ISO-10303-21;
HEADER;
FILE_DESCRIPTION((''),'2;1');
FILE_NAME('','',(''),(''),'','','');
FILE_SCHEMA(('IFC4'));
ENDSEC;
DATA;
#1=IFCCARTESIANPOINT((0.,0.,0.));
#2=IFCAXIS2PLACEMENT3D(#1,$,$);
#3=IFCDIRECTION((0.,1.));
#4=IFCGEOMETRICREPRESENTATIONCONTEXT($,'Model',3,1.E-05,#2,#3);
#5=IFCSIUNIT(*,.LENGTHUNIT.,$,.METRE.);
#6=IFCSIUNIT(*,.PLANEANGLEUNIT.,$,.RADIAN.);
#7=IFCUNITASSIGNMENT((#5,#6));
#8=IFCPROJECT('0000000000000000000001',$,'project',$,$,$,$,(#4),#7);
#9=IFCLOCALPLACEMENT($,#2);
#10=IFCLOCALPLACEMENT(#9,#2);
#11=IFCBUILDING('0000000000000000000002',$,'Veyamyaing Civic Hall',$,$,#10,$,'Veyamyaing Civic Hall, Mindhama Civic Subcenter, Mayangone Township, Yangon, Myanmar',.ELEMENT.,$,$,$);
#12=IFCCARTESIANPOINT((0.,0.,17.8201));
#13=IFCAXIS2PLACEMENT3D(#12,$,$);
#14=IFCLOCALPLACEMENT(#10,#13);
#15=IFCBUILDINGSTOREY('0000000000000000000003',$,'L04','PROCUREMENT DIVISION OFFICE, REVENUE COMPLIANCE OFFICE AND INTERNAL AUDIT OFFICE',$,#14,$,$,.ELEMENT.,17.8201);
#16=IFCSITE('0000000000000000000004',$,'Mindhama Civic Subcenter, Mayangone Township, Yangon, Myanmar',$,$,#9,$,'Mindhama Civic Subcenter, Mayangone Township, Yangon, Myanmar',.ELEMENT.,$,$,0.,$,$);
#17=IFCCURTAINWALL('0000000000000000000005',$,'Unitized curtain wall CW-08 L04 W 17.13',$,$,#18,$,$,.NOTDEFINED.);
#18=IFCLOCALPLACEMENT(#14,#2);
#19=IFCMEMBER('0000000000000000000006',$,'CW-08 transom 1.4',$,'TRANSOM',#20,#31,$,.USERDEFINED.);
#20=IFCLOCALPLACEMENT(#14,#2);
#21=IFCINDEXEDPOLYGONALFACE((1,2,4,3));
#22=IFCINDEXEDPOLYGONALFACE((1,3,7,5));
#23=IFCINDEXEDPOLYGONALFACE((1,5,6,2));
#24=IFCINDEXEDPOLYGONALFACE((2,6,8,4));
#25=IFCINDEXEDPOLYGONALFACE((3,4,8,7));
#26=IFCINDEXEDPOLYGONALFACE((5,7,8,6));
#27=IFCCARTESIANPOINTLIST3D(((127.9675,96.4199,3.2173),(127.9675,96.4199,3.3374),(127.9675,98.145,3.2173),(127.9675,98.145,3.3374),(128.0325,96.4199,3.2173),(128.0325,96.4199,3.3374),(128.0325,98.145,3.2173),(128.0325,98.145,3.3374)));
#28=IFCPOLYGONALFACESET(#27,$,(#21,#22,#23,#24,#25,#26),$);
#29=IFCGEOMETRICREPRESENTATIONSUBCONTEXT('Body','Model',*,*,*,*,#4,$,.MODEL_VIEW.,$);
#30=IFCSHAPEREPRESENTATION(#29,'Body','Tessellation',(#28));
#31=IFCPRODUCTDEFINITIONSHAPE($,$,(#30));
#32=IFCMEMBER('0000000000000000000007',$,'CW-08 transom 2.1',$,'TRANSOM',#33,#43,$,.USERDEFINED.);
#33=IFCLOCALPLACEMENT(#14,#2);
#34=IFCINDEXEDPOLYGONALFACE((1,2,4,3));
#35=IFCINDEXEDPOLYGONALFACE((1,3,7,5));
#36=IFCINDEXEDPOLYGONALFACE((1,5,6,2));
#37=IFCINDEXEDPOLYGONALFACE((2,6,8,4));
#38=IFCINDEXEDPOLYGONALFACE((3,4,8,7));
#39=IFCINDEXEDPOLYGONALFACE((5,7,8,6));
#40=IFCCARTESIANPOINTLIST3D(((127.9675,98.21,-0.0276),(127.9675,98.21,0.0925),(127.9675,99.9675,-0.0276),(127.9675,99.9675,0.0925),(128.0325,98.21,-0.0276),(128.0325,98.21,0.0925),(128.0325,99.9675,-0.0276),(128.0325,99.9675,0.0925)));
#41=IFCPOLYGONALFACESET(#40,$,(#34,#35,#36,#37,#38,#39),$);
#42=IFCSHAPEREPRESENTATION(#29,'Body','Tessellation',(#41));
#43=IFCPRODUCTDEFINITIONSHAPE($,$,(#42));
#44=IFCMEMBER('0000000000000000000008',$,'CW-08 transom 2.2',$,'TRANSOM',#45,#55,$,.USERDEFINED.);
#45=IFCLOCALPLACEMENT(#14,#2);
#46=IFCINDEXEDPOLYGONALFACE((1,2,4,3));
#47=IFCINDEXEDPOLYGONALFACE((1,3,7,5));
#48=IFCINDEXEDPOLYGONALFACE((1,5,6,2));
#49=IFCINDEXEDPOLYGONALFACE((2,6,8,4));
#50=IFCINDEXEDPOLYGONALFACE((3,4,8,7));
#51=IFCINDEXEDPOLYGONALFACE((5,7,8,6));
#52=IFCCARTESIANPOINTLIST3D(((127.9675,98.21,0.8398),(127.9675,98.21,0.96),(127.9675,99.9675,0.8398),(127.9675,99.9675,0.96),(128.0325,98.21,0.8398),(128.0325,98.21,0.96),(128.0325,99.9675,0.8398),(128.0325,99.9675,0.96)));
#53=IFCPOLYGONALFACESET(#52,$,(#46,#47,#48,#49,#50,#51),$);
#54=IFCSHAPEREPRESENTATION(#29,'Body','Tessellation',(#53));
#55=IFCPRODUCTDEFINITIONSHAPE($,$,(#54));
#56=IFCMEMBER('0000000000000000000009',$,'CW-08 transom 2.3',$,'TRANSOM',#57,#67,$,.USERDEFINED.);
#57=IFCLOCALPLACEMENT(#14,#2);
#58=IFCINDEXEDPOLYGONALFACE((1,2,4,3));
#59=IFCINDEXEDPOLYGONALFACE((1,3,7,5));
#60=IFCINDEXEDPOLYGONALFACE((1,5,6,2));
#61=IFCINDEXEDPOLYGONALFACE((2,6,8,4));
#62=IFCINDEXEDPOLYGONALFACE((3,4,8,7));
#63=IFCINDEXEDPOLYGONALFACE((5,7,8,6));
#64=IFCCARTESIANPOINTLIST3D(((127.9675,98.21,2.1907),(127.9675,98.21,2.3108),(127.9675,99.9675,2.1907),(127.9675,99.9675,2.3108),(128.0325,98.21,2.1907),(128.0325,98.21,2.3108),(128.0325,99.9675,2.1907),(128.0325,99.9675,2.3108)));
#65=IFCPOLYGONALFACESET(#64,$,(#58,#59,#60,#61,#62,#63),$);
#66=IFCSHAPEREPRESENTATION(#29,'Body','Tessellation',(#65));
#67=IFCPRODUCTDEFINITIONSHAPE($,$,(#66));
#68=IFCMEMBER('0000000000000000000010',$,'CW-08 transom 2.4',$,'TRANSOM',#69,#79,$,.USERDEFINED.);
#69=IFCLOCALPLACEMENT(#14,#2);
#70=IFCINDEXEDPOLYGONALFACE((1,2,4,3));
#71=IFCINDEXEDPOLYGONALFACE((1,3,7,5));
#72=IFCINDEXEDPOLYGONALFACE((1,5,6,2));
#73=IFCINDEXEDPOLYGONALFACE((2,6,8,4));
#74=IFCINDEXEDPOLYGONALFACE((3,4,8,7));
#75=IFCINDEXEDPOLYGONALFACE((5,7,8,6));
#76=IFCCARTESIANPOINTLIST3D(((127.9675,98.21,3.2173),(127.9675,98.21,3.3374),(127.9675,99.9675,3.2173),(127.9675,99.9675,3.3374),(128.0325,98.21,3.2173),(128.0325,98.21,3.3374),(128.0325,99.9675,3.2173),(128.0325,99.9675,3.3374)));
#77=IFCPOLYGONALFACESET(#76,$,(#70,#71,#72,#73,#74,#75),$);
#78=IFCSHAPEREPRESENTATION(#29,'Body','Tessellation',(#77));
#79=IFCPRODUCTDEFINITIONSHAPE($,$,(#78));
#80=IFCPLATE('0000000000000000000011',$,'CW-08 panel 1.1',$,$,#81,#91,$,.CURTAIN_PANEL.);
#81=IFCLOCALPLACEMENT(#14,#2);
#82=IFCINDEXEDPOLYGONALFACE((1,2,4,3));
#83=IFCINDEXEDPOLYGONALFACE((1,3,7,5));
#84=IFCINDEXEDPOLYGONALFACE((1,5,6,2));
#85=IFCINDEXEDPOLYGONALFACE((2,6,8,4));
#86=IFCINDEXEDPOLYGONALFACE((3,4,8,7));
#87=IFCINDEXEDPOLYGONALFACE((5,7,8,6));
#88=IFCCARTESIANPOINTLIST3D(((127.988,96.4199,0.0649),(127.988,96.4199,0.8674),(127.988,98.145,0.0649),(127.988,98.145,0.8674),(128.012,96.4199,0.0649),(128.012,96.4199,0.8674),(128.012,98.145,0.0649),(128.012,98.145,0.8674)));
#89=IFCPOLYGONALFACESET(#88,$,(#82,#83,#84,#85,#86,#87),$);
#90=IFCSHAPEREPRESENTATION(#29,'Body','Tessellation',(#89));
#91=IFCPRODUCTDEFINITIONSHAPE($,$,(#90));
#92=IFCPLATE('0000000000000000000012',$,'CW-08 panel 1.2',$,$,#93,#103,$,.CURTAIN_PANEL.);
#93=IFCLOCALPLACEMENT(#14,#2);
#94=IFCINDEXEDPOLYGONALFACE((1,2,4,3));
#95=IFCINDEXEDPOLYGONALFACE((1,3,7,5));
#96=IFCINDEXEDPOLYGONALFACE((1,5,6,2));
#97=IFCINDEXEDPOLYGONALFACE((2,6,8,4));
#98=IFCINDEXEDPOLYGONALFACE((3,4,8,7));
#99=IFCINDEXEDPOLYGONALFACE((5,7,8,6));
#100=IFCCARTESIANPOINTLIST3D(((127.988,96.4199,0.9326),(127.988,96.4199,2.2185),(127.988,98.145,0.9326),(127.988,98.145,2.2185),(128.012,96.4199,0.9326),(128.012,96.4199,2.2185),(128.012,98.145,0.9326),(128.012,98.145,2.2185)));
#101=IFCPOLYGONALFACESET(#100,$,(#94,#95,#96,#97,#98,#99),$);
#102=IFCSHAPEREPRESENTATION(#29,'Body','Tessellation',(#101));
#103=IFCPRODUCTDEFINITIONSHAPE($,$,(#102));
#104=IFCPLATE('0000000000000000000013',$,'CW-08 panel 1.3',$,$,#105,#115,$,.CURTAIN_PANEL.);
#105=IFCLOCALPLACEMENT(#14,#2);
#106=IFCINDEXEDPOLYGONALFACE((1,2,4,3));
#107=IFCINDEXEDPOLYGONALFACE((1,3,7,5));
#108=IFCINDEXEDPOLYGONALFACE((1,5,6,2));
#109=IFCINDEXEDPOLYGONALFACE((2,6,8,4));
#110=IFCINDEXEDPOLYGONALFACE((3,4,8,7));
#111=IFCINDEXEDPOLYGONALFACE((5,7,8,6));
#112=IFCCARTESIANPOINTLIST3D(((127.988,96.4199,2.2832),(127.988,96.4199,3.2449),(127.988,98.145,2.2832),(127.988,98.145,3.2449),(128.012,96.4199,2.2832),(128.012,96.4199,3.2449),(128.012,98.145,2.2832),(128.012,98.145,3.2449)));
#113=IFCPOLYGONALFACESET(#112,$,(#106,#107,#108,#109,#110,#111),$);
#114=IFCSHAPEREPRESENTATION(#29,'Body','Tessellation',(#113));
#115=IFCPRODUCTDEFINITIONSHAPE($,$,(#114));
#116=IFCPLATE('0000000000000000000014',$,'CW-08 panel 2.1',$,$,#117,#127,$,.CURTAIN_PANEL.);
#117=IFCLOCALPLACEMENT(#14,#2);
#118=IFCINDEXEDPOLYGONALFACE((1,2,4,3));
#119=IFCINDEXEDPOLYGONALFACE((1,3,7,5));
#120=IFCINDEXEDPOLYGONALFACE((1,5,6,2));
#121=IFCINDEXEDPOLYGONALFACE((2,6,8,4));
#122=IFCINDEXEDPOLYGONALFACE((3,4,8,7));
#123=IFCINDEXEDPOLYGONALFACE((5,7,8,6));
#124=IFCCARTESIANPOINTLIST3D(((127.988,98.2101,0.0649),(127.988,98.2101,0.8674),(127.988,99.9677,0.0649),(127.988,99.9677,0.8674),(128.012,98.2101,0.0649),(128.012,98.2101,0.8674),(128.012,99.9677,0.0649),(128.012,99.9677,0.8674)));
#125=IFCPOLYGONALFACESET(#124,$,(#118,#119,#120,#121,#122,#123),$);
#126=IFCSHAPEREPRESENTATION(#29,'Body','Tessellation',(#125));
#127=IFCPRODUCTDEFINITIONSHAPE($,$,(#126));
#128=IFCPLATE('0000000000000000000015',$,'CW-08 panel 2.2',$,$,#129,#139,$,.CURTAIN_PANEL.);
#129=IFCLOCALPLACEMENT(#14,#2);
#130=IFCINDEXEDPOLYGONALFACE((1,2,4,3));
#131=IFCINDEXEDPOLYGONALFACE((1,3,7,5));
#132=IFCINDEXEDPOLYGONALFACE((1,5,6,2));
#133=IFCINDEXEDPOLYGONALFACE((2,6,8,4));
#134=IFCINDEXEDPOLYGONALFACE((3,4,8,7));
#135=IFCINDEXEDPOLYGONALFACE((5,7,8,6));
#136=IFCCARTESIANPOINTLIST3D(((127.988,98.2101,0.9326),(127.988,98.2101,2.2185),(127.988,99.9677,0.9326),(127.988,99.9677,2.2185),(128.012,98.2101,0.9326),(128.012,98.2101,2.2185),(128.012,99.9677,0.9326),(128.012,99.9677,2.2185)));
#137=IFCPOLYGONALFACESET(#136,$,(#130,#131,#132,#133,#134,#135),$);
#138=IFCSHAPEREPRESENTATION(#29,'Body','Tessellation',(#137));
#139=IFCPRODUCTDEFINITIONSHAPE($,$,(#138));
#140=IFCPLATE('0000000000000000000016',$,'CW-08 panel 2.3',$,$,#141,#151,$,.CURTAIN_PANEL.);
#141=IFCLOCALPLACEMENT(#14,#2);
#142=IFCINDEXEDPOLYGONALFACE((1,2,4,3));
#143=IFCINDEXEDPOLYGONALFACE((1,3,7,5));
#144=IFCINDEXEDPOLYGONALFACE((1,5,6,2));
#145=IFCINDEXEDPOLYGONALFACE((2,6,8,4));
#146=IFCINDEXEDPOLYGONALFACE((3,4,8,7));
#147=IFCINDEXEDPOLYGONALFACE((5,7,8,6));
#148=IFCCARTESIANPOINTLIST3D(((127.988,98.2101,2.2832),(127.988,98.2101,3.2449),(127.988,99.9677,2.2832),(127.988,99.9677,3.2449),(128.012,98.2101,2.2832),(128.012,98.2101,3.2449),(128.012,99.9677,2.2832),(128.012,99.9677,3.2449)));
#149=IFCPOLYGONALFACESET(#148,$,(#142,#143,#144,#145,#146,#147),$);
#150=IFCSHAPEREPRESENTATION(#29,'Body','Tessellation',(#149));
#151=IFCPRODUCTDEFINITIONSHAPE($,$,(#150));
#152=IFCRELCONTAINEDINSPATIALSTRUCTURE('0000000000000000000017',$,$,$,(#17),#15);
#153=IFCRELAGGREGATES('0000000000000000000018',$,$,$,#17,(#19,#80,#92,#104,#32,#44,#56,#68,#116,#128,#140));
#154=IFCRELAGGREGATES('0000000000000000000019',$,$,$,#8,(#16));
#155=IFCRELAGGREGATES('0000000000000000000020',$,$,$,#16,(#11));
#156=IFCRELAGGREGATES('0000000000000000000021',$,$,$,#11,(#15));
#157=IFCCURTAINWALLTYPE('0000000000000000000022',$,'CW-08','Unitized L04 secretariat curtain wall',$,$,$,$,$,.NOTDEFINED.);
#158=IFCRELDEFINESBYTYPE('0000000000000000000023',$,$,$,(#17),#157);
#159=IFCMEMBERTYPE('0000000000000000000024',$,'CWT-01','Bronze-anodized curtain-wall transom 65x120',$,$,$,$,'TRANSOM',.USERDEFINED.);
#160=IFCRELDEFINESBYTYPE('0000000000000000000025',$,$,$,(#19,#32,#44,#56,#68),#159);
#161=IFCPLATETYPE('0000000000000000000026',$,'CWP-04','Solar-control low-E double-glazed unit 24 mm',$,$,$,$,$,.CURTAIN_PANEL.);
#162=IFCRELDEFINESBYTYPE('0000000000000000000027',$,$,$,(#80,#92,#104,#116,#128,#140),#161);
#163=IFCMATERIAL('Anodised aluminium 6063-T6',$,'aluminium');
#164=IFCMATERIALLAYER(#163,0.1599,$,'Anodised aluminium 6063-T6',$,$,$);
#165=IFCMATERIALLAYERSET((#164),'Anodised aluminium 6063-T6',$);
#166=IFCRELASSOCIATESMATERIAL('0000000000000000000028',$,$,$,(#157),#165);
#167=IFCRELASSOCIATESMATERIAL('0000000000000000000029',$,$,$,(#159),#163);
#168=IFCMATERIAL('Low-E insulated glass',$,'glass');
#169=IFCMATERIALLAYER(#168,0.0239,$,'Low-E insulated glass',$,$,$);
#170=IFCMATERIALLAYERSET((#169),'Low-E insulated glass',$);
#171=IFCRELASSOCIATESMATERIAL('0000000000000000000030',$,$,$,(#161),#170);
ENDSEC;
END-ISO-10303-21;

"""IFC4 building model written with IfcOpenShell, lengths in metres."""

from ifc_helpers import new_model, si_unit, direction, frame, origin, origin_2d, place, context, subcontext, project, spatial, rectangle, extrude, material, layer, layer_set, material_profile, profile_set, type_object, element, aggregate, save


model = new_model("IFC4")

# Units and contexts
model_context = context("Model", 3, precision=1e-05, world=origin(), true_north=direction((0.0, 1.0)))
body_context = subcontext(model_context, "Body", "Model", "MODEL_VIEW")
ifc_project = project(units=[si_unit("LENGTHUNIT", "METRE"), si_unit("PLANEANGLEUNIT", "RADIAN")], contexts=[model_context])

# Site, building, storey
site_placement = place(None, origin())
site = spatial("IfcSite", under=ifc_project, at=site_placement, Name="Mindhama Civic Subcenter, Mayangone Township, Yangon, Myanmar", LongName="Mindhama Civic Subcenter, Mayangone Township, Yangon, Myanmar", CompositionType="ELEMENT", RefElevation=0.0)
building_placement = place(site_placement, origin())
building = spatial("IfcBuilding", under=site, at=building_placement, Name="Veyamyaing Civic Hall", LongName="Veyamyaing Civic Hall, Mindhama Civic Subcenter, Mayangone Township, Yangon, Myanmar", CompositionType="ELEMENT")
storey_placement = place(building_placement, frame((0.0, 0.0, 17.8201)))
storey = spatial("IfcBuildingStorey", under=building, at=storey_placement, Name="L04", Description="PROCUREMENT DIVISION OFFICE, REVENUE COMPLIANCE OFFICE AND INTERNAL AUDIT OFFICE", CompositionType="ELEMENT", Elevation=17.8201)

# Curtain wall, members, plates
ifc_material_1 = material(Name="Anodised aluminium 6063-T6", Category="aluminium")
ifc_layer_1 = layer(ifc_material_1, 0.1599, Name="Anodised aluminium 6063-T6")
ifc_layer_set_1 = layer_set([ifc_layer_1], Name="Anodised aluminium 6063-T6")
curtain_wall_type = type_object("IfcCurtainWallType", Name="CW-08", Description="Unitized L04 secretariat curtain wall", PredefinedType="NOTDEFINED", material=ifc_layer_set_1)
curtain_wall_placement = place(storey_placement, origin())
curtain_wall = element("IfcCurtainWall", 1, at=curtain_wall_placement, inside=storey, type_object=curtain_wall_type, Name="Unitized curtain wall CW-08 L04 W 17.13", PredefinedType="NOTDEFINED")
ifc_material_profile_1 = material_profile(ifc_material_1, rectangle(XDim=0.0649, YDim=0.1201, at=origin_2d()), Name="ALU-TRN-65X120")
ifc_profile_set_1 = profile_set([ifc_material_profile_1], Name="Anodised aluminium 6063-T6")
member_type_1 = type_object("IfcMemberType", Name="CWT-01", Description="Bronze-anodized curtain-wall transom 65x120", ElementType="TRANSOM", PredefinedType="USERDEFINED", material=ifc_profile_set_1)
member_1_placement = place(storey_placement, frame((128.0, 96.4199, 3.2773), z_axis=(0.0, 1.0, 0.0), x_axis=(-1.0, 0.0, 0.0)))
member_1 = element("IfcMember", 2, at=member_1_placement, type_object=member_type_1, Name="CW-08 transom 1.4", ObjectType="TRANSOM", PredefinedType="USERDEFINED", context=body_context, shape_type="SweptSolid", body=[
    extrude(rectangle(XDim=0.0649, YDim=0.1201, at=origin_2d()), origin(), (0.0, 0.0, 1.0), 1.7251),
])
member_2_placement = place(storey_placement, frame((128.0, 98.21, 0.0325), z_axis=(0.0, 1.0, 0.0), x_axis=(-1.0, 0.0, 0.0)))
member_2 = element("IfcMember", 3, at=member_2_placement, type_object=member_type_1, Name="CW-08 transom 2.1", ObjectType="TRANSOM", PredefinedType="USERDEFINED", context=body_context, shape_type="SweptSolid", body=[
    extrude(rectangle(XDim=0.0649, YDim=0.1201, at=origin_2d()), origin(), (0.0, 0.0, 1.0), 1.7576),
])
member_3_placement = place(storey_placement, frame((128.0, 98.21, 0.8999), z_axis=(0.0, 1.0, 0.0), x_axis=(-1.0, 0.0, 0.0)))
member_3 = element("IfcMember", 4, at=member_3_placement, type_object=member_type_1, Name="CW-08 transom 2.2", ObjectType="TRANSOM", PredefinedType="USERDEFINED", context=body_context, shape_type="SweptSolid", body=[
    extrude(rectangle(XDim=0.0649, YDim=0.1201, at=origin_2d()), origin(), (0.0, 0.0, 1.0), 1.7576),
])
member_4_placement = place(storey_placement, frame((128.0, 98.21, 2.2507), z_axis=(0.0, 1.0, 0.0), x_axis=(-1.0, 0.0, 0.0)))
member_4 = element("IfcMember", 5, at=member_4_placement, type_object=member_type_1, Name="CW-08 transom 2.3", ObjectType="TRANSOM", PredefinedType="USERDEFINED", context=body_context, shape_type="SweptSolid", body=[
    extrude(rectangle(XDim=0.0649, YDim=0.1201, at=origin_2d()), origin(), (0.0, 0.0, 1.0), 1.7576),
])
member_5_placement = place(storey_placement, frame((128.0, 98.21, 3.2773), z_axis=(0.0, 1.0, 0.0), x_axis=(-1.0, 0.0, 0.0)))
member_5 = element("IfcMember", 6, at=member_5_placement, type_object=member_type_1, Name="CW-08 transom 2.4", ObjectType="TRANSOM", PredefinedType="USERDEFINED", context=body_context, shape_type="SweptSolid", body=[
    extrude(rectangle(XDim=0.0649, YDim=0.1201, at=origin_2d()), origin(), (0.0, 0.0, 1.0), 1.7576),
])
ifc_material_2 = material(Name="Low-E insulated glass", Category="glass")
ifc_layer_2 = layer(ifc_material_2, 0.0239, Name="Low-E insulated glass")
ifc_layer_set_2 = layer_set([ifc_layer_2], Name="Low-E insulated glass")
plate_type = type_object("IfcPlateType", Name="CWP-04", Description="Solar-control low-E double-glazed unit 24 mm", PredefinedType="CURTAIN_PANEL", material=ifc_layer_set_2)
plate_1_placement = place(storey_placement, frame((128.0, 97.2825, 0.0649), z_axis=(0.0, 0.0, 1.0), x_axis=(0.0, 1.0, 0.0)))
plate_1 = element("IfcPlate", 7, at=plate_1_placement, type_object=plate_type, Name="CW-08 panel 1.1", PredefinedType="CURTAIN_PANEL", context=body_context, shape_type="SweptSolid", body=[
    extrude(rectangle(XDim=1.7251, YDim=0.0239, at=origin_2d()), origin(), (0.0, 0.0, 1.0), 0.8025),
])
plate_2_placement = place(storey_placement, frame((128.0, 97.2825, 0.9326), z_axis=(0.0, 0.0, 1.0), x_axis=(0.0, 1.0, 0.0)))
plate_2 = element("IfcPlate", 8, at=plate_2_placement, type_object=plate_type, Name="CW-08 panel 1.2", PredefinedType="CURTAIN_PANEL", context=body_context, shape_type="SweptSolid", body=[
    extrude(rectangle(XDim=1.7251, YDim=0.0239, at=origin_2d()), origin(), (0.0, 0.0, 1.0), 1.2859),
])
plate_3_placement = place(storey_placement, frame((128.0, 97.2825, 2.2832), z_axis=(0.0, 0.0, 1.0), x_axis=(0.0, 1.0, 0.0)))
plate_3 = element("IfcPlate", 9, at=plate_3_placement, type_object=plate_type, Name="CW-08 panel 1.3", PredefinedType="CURTAIN_PANEL", context=body_context, shape_type="SweptSolid", body=[
    extrude(rectangle(XDim=1.7251, YDim=0.0239, at=origin_2d()), origin(), (0.0, 0.0, 1.0), 0.9617),
])
plate_4_placement = place(storey_placement, frame((128.0, 99.0889, 0.0649), z_axis=(0.0, 0.0, 1.0), x_axis=(0.0, 1.0, 0.0)))
plate_4 = element("IfcPlate", 10, at=plate_4_placement, type_object=plate_type, Name="CW-08 panel 2.1", PredefinedType="CURTAIN_PANEL", context=body_context, shape_type="SweptSolid", body=[
    extrude(rectangle(XDim=1.7576, YDim=0.0239, at=origin_2d()), origin(), (0.0, 0.0, 1.0), 0.8025),
])
plate_5_placement = place(storey_placement, frame((128.0, 99.0889, 0.9326), z_axis=(0.0, 0.0, 1.0), x_axis=(0.0, 1.0, 0.0)))
plate_5 = element("IfcPlate", 11, at=plate_5_placement, type_object=plate_type, Name="CW-08 panel 2.2", PredefinedType="CURTAIN_PANEL", context=body_context, shape_type="SweptSolid", body=[
    extrude(rectangle(XDim=1.7576, YDim=0.0239, at=origin_2d()), origin(), (0.0, 0.0, 1.0), 1.2859),
])
plate_6_placement = place(storey_placement, frame((128.0, 99.0889, 2.2832), z_axis=(0.0, 0.0, 1.0), x_axis=(0.0, 1.0, 0.0)))
plate_6 = element("IfcPlate", 12, at=plate_6_placement, type_object=plate_type, Name="CW-08 panel 2.3", PredefinedType="CURTAIN_PANEL", context=body_context, shape_type="SweptSolid", body=[
    extrude(rectangle(XDim=1.7576, YDim=0.0239, at=origin_2d()), origin(), (0.0, 0.0, 1.0), 0.9617),
])
aggregate(curtain_wall, [member_1, plate_1, plate_2, plate_3, member_2, member_3, member_4, member_5, plate_4, plate_5, plate_6])

save(model, "model.ifc")
